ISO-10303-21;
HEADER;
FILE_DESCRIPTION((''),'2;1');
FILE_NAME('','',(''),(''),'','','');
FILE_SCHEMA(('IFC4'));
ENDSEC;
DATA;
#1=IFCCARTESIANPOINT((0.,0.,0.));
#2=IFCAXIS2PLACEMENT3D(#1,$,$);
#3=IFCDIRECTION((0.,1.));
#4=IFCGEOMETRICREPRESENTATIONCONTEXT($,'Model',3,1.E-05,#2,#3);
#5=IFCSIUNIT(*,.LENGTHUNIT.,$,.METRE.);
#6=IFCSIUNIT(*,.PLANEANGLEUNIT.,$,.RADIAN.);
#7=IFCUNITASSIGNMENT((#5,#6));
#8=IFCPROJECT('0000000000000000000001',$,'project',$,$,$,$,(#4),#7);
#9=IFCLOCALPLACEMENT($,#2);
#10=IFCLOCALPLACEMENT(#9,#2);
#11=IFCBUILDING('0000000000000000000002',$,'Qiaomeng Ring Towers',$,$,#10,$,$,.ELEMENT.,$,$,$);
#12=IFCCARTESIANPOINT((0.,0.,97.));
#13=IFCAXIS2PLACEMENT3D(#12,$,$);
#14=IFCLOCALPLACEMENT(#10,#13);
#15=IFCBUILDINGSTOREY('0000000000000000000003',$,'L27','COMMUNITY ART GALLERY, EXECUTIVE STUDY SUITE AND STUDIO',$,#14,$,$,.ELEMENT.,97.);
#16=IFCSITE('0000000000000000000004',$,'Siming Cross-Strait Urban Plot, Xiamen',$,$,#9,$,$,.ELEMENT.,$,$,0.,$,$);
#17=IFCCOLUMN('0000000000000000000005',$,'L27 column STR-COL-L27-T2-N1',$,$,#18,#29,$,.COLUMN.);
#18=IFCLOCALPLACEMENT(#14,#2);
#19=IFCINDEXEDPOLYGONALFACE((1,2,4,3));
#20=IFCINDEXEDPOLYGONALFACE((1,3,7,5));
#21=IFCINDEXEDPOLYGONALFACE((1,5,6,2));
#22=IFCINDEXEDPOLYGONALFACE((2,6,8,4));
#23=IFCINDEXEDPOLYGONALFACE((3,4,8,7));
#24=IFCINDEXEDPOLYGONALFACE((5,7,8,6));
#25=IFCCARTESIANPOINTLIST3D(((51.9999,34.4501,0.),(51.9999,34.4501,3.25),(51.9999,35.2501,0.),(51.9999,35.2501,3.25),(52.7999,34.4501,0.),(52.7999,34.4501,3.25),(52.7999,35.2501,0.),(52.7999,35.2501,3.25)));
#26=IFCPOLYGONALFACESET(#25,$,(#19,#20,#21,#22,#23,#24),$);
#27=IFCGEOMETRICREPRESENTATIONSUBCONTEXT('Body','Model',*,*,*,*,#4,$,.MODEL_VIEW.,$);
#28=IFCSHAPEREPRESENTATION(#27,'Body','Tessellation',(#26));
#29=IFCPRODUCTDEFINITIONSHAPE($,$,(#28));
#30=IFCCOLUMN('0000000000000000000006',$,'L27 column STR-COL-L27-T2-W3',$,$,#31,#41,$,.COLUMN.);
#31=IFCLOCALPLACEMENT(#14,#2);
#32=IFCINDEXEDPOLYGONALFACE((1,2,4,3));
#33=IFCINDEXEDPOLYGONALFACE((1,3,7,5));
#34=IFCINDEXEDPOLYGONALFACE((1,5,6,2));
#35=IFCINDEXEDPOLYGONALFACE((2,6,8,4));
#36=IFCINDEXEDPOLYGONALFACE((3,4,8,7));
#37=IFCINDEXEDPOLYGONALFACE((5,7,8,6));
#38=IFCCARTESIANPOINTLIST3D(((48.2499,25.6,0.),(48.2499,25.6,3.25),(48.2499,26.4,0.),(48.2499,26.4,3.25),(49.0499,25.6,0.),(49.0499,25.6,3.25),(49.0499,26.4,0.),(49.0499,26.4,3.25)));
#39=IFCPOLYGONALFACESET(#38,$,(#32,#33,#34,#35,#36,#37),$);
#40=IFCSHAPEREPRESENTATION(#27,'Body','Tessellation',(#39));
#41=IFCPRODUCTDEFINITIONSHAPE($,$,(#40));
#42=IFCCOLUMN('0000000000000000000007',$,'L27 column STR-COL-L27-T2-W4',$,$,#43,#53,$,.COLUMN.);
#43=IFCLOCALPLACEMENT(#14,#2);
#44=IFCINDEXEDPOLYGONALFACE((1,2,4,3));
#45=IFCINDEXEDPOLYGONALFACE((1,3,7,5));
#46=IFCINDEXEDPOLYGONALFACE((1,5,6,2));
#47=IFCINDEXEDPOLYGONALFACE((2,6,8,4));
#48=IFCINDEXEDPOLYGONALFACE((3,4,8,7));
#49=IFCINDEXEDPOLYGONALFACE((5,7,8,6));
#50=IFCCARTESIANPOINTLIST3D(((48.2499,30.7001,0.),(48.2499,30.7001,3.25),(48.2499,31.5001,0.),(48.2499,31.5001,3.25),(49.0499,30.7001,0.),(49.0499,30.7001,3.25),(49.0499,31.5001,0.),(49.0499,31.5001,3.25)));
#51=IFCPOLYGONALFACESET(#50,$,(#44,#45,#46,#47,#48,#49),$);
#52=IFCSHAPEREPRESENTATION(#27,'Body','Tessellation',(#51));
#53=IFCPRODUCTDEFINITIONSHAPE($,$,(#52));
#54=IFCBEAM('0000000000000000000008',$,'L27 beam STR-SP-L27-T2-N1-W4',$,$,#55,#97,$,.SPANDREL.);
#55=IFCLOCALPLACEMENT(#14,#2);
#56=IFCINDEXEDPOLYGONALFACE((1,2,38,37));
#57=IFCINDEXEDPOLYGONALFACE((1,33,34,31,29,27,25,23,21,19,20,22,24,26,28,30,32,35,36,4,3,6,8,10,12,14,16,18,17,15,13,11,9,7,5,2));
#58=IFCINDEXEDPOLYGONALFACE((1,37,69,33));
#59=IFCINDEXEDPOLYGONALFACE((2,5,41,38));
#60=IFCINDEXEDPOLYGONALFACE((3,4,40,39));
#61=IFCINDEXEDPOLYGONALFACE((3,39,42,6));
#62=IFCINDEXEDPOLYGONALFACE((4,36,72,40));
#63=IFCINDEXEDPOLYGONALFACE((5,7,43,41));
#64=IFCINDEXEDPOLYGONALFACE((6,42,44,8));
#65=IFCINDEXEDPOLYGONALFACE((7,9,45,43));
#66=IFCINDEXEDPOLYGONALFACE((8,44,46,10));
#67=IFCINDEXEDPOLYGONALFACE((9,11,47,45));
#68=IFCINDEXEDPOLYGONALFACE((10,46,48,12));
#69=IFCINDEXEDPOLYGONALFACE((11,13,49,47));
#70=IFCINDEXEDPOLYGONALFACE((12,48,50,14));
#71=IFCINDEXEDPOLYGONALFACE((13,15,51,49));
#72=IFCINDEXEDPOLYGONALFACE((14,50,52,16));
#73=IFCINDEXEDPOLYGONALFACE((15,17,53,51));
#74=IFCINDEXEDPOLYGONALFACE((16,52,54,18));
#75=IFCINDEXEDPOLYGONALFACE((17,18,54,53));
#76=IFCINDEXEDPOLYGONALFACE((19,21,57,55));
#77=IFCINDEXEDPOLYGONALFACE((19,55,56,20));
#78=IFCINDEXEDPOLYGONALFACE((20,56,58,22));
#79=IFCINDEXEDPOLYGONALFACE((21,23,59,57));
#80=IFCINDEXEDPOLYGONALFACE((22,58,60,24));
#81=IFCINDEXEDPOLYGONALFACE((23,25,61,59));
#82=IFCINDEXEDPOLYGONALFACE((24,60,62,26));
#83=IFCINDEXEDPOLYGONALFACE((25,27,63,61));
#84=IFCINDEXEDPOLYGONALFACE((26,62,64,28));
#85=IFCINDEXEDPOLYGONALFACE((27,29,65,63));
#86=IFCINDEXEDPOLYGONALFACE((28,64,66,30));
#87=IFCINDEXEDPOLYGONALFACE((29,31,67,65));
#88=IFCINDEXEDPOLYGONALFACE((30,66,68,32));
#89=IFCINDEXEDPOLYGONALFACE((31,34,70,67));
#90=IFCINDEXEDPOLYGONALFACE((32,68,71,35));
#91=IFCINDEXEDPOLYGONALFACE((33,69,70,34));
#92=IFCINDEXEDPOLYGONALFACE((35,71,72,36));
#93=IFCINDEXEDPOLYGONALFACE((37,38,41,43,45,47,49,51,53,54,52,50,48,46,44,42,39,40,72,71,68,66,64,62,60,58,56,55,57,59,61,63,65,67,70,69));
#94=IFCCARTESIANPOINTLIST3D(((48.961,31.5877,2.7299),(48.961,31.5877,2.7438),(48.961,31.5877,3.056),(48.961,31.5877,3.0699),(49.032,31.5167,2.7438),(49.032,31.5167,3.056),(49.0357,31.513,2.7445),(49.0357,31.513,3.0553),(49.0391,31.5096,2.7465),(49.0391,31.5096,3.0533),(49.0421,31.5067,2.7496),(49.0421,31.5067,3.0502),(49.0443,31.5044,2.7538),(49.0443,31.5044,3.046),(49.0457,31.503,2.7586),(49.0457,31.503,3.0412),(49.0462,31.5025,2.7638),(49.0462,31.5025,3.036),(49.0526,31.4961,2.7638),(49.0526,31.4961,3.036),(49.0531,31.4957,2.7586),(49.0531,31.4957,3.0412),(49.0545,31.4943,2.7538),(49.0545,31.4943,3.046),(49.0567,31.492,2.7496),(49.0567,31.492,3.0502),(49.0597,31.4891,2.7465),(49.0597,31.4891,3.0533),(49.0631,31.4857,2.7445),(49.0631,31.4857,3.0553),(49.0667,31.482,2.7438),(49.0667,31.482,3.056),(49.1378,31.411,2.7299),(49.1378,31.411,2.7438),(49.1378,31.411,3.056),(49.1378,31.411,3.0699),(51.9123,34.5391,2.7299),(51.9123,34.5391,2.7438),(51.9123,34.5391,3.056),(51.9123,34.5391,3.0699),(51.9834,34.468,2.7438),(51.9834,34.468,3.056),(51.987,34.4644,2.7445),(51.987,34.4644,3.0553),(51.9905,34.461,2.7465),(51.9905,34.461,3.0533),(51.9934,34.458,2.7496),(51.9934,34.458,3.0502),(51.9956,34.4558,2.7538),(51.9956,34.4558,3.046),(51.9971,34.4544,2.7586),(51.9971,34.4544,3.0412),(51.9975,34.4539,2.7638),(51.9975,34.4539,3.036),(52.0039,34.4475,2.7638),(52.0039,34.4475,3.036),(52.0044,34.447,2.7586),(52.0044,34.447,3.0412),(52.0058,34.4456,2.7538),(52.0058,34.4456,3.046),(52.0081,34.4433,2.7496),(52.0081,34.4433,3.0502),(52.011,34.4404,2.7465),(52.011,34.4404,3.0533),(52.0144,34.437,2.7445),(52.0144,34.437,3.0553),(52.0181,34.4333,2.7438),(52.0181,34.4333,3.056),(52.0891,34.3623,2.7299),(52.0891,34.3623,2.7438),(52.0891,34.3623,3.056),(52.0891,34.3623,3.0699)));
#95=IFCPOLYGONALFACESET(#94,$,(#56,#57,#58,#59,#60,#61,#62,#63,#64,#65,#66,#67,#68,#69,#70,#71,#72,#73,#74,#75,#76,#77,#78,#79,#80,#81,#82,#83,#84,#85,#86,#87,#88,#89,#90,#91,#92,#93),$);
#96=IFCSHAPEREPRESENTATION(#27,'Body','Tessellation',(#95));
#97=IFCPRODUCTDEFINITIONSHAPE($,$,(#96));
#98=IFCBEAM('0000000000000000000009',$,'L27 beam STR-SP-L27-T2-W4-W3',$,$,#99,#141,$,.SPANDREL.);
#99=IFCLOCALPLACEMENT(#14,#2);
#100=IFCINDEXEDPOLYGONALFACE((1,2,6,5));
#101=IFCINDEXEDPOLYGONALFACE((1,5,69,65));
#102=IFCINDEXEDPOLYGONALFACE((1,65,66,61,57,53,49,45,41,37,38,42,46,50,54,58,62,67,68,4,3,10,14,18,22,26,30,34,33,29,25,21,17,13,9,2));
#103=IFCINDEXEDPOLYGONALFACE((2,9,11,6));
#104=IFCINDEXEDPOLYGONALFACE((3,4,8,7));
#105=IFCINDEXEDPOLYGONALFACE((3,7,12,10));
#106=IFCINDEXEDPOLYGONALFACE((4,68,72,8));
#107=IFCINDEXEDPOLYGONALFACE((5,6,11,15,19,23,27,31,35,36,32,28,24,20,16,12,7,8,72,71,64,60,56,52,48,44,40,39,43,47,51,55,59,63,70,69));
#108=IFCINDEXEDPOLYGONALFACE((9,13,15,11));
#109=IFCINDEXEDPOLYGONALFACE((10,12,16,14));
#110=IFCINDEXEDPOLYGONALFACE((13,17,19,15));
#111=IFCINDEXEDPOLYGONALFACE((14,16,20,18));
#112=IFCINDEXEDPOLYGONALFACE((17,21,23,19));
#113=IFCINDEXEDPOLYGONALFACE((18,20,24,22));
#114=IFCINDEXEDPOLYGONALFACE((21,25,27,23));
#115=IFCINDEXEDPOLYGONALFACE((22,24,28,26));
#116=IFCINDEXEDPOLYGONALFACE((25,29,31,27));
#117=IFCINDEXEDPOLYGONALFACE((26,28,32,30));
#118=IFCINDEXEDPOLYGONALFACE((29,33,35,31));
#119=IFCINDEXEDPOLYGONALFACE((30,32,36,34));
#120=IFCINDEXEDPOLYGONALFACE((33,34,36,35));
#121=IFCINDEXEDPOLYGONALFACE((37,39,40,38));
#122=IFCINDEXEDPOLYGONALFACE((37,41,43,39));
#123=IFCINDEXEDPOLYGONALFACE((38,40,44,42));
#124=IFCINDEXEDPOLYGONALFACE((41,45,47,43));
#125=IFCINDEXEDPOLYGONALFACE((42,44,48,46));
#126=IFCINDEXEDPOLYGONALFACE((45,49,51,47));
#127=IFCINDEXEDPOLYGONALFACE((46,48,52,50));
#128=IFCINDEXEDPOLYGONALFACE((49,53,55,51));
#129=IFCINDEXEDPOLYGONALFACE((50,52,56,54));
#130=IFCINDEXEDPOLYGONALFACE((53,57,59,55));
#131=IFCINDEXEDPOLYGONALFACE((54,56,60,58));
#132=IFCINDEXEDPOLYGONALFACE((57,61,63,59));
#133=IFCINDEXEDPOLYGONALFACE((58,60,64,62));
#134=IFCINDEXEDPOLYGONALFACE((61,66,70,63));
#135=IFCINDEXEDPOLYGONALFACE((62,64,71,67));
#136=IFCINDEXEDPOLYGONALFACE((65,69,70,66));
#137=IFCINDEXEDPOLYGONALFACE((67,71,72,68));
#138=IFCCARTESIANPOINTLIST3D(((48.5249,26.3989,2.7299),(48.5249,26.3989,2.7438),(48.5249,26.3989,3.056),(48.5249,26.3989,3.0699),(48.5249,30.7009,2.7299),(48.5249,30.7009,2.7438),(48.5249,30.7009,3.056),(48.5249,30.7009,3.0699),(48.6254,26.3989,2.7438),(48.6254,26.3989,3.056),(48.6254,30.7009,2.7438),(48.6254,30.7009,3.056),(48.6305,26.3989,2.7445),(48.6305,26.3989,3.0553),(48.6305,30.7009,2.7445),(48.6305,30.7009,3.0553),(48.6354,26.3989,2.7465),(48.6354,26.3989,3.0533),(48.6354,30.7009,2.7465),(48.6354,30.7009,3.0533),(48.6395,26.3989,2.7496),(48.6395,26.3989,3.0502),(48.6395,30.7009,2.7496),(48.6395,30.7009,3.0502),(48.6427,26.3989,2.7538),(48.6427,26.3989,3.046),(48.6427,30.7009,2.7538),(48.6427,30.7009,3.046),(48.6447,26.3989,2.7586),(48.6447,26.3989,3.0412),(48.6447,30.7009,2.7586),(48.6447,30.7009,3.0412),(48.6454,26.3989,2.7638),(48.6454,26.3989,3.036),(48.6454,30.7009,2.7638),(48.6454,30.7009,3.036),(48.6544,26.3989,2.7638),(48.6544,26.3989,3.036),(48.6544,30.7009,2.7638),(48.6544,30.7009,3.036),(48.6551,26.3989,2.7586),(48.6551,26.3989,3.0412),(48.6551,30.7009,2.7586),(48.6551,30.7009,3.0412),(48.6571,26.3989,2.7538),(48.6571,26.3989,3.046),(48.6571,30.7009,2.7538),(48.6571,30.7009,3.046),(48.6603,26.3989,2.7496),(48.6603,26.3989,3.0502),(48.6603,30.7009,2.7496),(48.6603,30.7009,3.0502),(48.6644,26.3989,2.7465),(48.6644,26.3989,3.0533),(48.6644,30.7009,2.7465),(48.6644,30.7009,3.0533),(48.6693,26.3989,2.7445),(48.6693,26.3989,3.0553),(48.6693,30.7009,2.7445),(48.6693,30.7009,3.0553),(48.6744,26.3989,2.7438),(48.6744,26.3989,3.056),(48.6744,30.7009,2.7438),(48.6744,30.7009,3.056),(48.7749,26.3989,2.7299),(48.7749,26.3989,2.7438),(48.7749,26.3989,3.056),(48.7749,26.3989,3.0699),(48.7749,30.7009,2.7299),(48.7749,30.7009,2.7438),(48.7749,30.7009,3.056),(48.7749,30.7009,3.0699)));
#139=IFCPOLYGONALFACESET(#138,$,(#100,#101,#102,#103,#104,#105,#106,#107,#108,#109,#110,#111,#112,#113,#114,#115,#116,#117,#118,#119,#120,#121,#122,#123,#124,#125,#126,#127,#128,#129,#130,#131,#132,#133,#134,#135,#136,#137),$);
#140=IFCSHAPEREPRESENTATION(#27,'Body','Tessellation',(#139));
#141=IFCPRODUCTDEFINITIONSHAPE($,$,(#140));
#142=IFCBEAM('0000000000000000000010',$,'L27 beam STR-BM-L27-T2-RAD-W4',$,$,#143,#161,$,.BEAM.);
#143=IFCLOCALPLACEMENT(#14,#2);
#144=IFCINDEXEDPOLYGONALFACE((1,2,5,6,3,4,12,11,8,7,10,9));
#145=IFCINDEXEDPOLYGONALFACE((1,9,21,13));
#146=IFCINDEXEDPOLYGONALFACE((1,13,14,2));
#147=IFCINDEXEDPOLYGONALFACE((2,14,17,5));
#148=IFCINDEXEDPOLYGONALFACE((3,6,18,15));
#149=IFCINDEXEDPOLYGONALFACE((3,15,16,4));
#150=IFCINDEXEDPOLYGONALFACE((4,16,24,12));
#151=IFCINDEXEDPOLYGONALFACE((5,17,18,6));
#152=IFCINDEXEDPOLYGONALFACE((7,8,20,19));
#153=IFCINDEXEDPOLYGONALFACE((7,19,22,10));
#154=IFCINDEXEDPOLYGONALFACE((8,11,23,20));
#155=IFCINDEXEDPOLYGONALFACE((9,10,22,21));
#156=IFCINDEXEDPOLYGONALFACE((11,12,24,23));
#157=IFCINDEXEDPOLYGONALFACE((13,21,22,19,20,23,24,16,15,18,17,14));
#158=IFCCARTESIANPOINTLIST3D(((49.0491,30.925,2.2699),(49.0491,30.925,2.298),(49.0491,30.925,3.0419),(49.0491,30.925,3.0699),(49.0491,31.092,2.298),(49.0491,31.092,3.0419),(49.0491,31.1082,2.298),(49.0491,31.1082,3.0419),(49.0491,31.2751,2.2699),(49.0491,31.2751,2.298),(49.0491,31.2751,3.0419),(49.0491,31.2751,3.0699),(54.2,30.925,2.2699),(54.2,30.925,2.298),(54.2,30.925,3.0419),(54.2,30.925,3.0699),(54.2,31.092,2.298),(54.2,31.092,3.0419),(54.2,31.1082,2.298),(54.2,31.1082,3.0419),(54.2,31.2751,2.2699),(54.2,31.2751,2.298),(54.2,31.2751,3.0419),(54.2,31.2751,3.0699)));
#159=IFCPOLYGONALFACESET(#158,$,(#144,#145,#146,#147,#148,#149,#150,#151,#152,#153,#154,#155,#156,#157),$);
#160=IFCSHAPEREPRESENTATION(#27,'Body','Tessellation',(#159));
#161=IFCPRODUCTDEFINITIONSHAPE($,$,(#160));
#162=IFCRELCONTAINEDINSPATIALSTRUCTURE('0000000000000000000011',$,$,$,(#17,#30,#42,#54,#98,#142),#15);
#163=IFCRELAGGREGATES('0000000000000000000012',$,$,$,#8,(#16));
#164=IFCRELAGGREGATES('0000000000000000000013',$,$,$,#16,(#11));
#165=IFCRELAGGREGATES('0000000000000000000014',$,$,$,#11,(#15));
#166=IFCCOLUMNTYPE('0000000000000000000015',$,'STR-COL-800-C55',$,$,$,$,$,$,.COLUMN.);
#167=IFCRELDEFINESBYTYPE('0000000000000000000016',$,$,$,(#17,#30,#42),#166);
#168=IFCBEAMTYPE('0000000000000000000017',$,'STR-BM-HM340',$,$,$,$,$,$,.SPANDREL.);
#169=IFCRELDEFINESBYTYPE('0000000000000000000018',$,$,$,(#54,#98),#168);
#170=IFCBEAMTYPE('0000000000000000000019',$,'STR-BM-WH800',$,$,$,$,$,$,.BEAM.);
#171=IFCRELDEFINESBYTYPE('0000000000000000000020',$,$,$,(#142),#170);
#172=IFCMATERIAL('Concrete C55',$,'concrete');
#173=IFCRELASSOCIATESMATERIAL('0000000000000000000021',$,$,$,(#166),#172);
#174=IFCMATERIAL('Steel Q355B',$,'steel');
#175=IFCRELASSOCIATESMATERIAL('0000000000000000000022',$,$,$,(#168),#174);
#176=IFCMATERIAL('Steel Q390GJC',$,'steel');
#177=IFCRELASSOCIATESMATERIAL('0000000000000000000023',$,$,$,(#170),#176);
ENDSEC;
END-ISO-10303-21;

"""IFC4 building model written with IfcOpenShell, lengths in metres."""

from ifc_helpers import new_model, si_unit, direction, frame, origin, origin_2d, place, context, subcontext, project, spatial, rectangle, i_section, extrude, source, transform, mapped, material, material_profile, profile_set, type_object, element, save


model = new_model("IFC4")

# Units and contexts
model_context = context("Model", 3, precision=1e-05, world=origin(), true_north=direction((0.0, 1.0)))
body_context = subcontext(model_context, "Body", "Model", "MODEL_VIEW")
ifc_project = project(units=[si_unit("LENGTHUNIT", "METRE"), si_unit("PLANEANGLEUNIT", "RADIAN")], contexts=[model_context])

# Site, building, storey
site_placement = place(None, origin())
site = spatial("IfcSite", under=ifc_project, at=site_placement, Name="Siming Cross-Strait Urban Plot, Xiamen", CompositionType="ELEMENT", RefElevation=0.0)
building_placement = place(site_placement, origin())
building = spatial("IfcBuilding", under=site, at=building_placement, Name="Qiaomeng Ring Towers", CompositionType="ELEMENT")
storey_placement = place(building_placement, frame((0.0, 0.0, 97.0)))
storey = spatial("IfcBuildingStorey", under=building, at=storey_placement, Name="L27", Description="COMMUNITY ART GALLERY, EXECUTIVE STUDY SUITE AND STUDIO", CompositionType="ELEMENT", Elevation=97.0)

# Columns
ifc_material_1 = material(Name="Concrete C55", Category="concrete")
ifc_material_profile_1 = material_profile(ifc_material_1, rectangle(XDim=0.8, YDim=0.8, at=origin_2d()), Name="RC COL 800x800")
ifc_profile_set_1 = profile_set([ifc_material_profile_1], Name="Concrete C55")
column_type = type_object("IfcColumnType", Name="STR-COL-800-C55", PredefinedType="COLUMN", material=ifc_profile_set_1)
shared_shape_1 = source(origin(), body_context, "Body", "SweptSolid", [
    extrude(rectangle(XDim=0.8, YDim=0.8, at=origin_2d()), origin(), (0.0, 0.0, 1.0), 3.25),
])
for number, where, z_axis, x_axis, name in (
    (1, (52.3999, 34.8501, 0.0), (0.0, 0.0, 1.0), (1.0, 0.0, 0.0), "L27 column STR-COL-L27-T2-N1"),
    (2, (48.6499, 26.0, 0.0), (0.0, 0.0, 1.0), (1.0, 0.0, 0.0), "L27 column STR-COL-L27-T2-W3"),
    (3, (48.6499, 31.1001, 0.0), (0.0, 0.0, 1.0), (1.0, 0.0, 0.0), "L27 column STR-COL-L27-T2-W4"),
):
    element("IfcColumn", number, at=place(storey_placement, frame(where, z_axis=z_axis, x_axis=x_axis)), inside=storey, type_object=column_type, Name=name, PredefinedType="COLUMN", context=body_context, shape_type="MappedRepresentation", body=[
        mapped(shared_shape_1, transform((0.0, 0.0, 0.0), x_axis=(1.0, 0.0, 0.0), y_axis=(0.0, 1.0, 0.0), z_axis=(0.0, 0.0, 1.0), scale=1.0)),
    ])

# Beams
ifc_material_2 = material(Name="Steel Q355B", Category="steel")
ifc_material_profile_2 = material_profile(ifc_material_2, i_section(OverallWidth=0.25, OverallDepth=0.3401, WebThickness=0.009, FlangeThickness=0.0139, FilletRadius=0.02, at=origin_2d()), Name="HM 340x250x9x14")
ifc_profile_set_2 = profile_set([ifc_material_profile_2], Name="Steel Q355B")
beam_type_1 = type_object("IfcBeamType", Name="STR-BM-HM340", PredefinedType="SPANDREL", material=ifc_profile_set_2)
shared_shape_2 = source(origin(), body_context, "Body", "SweptSolid", [
    extrude(i_section(OverallWidth=0.25, OverallDepth=0.3401, WebThickness=0.009, FlangeThickness=0.0139, FilletRadius=0.02, at=origin_2d()), origin(), (0.0, 0.0, 1.0), 4.1738),
])
beam_1_placement = place(storey_placement, frame((52.0007, 34.4507, 2.8999), z_axis=(-0.707107, -0.707107, 0.0), x_axis=(0.707107, -0.707107, 0.0)))
element("IfcBeam", 4, at=beam_1_placement, inside=storey, type_object=beam_type_1, Name="L27 beam STR-SP-L27-T2-N1-W4", PredefinedType="SPANDREL", context=body_context, shape_type="MappedRepresentation", body=[
    mapped(shared_shape_2, transform((0.0, 0.0, 0.0), x_axis=(1.0, 0.0, 0.0), y_axis=(0.0, 1.0, 0.0), z_axis=(0.0, 0.0, 1.0), scale=1.0)),
])
shared_shape_3 = source(origin(), body_context, "Body", "SweptSolid", [
    extrude(i_section(OverallWidth=0.25, OverallDepth=0.3401, WebThickness=0.009, FlangeThickness=0.0139, FilletRadius=0.02, at=origin_2d()), origin(), (0.0, 0.0, 1.0), 4.302),
])
beam_2_placement = place(storey_placement, frame((48.6499, 30.7009, 2.8999), z_axis=(0.0, -1.0, 0.0), x_axis=(1.0, 0.0, 0.0)))
element("IfcBeam", 5, at=beam_2_placement, inside=storey, type_object=beam_type_1, Name="L27 beam STR-SP-L27-T2-W4-W3", PredefinedType="SPANDREL", context=body_context, shape_type="MappedRepresentation", body=[
    mapped(shared_shape_3, transform((0.0, 0.0, 0.0), x_axis=(1.0, 0.0, 0.0), y_axis=(0.0, 1.0, 0.0), z_axis=(0.0, 0.0, 1.0), scale=1.0)),
])
ifc_material_3 = material(Name="Steel Q390GJC", Category="steel")
ifc_material_profile_3 = material_profile(ifc_material_3, i_section(OverallWidth=0.3501, OverallDepth=0.8, WebThickness=0.0161, FlangeThickness=0.0281, at=origin_2d()), Name="WH 800x350x16x28")
ifc_profile_set_3 = profile_set([ifc_material_profile_3], Name="Steel Q390GJC")
beam_type_2 = type_object("IfcBeamType", Name="STR-BM-WH800", PredefinedType="BEAM", material=ifc_profile_set_3)
shared_shape_4 = source(origin(), body_context, "Body", "SweptSolid", [
    extrude(i_section(OverallWidth=0.3501, OverallDepth=0.8, WebThickness=0.0161, FlangeThickness=0.0281, at=origin_2d()), origin(), (0.0, 0.0, 1.0), 5.1509),
])
beam_3_placement = place(storey_placement, frame((49.0491, 31.1001, 2.6699), z_axis=(1.0, 0.0, 0.0), x_axis=(0.0, 1.0, 0.0)))
element("IfcBeam", 6, at=beam_3_placement, inside=storey, type_object=beam_type_2, Name="L27 beam STR-BM-L27-T2-RAD-W4", PredefinedType="BEAM", context=body_context, shape_type="MappedRepresentation", body=[
    mapped(shared_shape_4, transform((0.0, 0.0, 0.0), x_axis=(1.0, 0.0, 0.0), y_axis=(0.0, 1.0, 0.0), z_axis=(0.0, 0.0, 1.0), scale=1.0)),
])

save(model, "model.ifc")
